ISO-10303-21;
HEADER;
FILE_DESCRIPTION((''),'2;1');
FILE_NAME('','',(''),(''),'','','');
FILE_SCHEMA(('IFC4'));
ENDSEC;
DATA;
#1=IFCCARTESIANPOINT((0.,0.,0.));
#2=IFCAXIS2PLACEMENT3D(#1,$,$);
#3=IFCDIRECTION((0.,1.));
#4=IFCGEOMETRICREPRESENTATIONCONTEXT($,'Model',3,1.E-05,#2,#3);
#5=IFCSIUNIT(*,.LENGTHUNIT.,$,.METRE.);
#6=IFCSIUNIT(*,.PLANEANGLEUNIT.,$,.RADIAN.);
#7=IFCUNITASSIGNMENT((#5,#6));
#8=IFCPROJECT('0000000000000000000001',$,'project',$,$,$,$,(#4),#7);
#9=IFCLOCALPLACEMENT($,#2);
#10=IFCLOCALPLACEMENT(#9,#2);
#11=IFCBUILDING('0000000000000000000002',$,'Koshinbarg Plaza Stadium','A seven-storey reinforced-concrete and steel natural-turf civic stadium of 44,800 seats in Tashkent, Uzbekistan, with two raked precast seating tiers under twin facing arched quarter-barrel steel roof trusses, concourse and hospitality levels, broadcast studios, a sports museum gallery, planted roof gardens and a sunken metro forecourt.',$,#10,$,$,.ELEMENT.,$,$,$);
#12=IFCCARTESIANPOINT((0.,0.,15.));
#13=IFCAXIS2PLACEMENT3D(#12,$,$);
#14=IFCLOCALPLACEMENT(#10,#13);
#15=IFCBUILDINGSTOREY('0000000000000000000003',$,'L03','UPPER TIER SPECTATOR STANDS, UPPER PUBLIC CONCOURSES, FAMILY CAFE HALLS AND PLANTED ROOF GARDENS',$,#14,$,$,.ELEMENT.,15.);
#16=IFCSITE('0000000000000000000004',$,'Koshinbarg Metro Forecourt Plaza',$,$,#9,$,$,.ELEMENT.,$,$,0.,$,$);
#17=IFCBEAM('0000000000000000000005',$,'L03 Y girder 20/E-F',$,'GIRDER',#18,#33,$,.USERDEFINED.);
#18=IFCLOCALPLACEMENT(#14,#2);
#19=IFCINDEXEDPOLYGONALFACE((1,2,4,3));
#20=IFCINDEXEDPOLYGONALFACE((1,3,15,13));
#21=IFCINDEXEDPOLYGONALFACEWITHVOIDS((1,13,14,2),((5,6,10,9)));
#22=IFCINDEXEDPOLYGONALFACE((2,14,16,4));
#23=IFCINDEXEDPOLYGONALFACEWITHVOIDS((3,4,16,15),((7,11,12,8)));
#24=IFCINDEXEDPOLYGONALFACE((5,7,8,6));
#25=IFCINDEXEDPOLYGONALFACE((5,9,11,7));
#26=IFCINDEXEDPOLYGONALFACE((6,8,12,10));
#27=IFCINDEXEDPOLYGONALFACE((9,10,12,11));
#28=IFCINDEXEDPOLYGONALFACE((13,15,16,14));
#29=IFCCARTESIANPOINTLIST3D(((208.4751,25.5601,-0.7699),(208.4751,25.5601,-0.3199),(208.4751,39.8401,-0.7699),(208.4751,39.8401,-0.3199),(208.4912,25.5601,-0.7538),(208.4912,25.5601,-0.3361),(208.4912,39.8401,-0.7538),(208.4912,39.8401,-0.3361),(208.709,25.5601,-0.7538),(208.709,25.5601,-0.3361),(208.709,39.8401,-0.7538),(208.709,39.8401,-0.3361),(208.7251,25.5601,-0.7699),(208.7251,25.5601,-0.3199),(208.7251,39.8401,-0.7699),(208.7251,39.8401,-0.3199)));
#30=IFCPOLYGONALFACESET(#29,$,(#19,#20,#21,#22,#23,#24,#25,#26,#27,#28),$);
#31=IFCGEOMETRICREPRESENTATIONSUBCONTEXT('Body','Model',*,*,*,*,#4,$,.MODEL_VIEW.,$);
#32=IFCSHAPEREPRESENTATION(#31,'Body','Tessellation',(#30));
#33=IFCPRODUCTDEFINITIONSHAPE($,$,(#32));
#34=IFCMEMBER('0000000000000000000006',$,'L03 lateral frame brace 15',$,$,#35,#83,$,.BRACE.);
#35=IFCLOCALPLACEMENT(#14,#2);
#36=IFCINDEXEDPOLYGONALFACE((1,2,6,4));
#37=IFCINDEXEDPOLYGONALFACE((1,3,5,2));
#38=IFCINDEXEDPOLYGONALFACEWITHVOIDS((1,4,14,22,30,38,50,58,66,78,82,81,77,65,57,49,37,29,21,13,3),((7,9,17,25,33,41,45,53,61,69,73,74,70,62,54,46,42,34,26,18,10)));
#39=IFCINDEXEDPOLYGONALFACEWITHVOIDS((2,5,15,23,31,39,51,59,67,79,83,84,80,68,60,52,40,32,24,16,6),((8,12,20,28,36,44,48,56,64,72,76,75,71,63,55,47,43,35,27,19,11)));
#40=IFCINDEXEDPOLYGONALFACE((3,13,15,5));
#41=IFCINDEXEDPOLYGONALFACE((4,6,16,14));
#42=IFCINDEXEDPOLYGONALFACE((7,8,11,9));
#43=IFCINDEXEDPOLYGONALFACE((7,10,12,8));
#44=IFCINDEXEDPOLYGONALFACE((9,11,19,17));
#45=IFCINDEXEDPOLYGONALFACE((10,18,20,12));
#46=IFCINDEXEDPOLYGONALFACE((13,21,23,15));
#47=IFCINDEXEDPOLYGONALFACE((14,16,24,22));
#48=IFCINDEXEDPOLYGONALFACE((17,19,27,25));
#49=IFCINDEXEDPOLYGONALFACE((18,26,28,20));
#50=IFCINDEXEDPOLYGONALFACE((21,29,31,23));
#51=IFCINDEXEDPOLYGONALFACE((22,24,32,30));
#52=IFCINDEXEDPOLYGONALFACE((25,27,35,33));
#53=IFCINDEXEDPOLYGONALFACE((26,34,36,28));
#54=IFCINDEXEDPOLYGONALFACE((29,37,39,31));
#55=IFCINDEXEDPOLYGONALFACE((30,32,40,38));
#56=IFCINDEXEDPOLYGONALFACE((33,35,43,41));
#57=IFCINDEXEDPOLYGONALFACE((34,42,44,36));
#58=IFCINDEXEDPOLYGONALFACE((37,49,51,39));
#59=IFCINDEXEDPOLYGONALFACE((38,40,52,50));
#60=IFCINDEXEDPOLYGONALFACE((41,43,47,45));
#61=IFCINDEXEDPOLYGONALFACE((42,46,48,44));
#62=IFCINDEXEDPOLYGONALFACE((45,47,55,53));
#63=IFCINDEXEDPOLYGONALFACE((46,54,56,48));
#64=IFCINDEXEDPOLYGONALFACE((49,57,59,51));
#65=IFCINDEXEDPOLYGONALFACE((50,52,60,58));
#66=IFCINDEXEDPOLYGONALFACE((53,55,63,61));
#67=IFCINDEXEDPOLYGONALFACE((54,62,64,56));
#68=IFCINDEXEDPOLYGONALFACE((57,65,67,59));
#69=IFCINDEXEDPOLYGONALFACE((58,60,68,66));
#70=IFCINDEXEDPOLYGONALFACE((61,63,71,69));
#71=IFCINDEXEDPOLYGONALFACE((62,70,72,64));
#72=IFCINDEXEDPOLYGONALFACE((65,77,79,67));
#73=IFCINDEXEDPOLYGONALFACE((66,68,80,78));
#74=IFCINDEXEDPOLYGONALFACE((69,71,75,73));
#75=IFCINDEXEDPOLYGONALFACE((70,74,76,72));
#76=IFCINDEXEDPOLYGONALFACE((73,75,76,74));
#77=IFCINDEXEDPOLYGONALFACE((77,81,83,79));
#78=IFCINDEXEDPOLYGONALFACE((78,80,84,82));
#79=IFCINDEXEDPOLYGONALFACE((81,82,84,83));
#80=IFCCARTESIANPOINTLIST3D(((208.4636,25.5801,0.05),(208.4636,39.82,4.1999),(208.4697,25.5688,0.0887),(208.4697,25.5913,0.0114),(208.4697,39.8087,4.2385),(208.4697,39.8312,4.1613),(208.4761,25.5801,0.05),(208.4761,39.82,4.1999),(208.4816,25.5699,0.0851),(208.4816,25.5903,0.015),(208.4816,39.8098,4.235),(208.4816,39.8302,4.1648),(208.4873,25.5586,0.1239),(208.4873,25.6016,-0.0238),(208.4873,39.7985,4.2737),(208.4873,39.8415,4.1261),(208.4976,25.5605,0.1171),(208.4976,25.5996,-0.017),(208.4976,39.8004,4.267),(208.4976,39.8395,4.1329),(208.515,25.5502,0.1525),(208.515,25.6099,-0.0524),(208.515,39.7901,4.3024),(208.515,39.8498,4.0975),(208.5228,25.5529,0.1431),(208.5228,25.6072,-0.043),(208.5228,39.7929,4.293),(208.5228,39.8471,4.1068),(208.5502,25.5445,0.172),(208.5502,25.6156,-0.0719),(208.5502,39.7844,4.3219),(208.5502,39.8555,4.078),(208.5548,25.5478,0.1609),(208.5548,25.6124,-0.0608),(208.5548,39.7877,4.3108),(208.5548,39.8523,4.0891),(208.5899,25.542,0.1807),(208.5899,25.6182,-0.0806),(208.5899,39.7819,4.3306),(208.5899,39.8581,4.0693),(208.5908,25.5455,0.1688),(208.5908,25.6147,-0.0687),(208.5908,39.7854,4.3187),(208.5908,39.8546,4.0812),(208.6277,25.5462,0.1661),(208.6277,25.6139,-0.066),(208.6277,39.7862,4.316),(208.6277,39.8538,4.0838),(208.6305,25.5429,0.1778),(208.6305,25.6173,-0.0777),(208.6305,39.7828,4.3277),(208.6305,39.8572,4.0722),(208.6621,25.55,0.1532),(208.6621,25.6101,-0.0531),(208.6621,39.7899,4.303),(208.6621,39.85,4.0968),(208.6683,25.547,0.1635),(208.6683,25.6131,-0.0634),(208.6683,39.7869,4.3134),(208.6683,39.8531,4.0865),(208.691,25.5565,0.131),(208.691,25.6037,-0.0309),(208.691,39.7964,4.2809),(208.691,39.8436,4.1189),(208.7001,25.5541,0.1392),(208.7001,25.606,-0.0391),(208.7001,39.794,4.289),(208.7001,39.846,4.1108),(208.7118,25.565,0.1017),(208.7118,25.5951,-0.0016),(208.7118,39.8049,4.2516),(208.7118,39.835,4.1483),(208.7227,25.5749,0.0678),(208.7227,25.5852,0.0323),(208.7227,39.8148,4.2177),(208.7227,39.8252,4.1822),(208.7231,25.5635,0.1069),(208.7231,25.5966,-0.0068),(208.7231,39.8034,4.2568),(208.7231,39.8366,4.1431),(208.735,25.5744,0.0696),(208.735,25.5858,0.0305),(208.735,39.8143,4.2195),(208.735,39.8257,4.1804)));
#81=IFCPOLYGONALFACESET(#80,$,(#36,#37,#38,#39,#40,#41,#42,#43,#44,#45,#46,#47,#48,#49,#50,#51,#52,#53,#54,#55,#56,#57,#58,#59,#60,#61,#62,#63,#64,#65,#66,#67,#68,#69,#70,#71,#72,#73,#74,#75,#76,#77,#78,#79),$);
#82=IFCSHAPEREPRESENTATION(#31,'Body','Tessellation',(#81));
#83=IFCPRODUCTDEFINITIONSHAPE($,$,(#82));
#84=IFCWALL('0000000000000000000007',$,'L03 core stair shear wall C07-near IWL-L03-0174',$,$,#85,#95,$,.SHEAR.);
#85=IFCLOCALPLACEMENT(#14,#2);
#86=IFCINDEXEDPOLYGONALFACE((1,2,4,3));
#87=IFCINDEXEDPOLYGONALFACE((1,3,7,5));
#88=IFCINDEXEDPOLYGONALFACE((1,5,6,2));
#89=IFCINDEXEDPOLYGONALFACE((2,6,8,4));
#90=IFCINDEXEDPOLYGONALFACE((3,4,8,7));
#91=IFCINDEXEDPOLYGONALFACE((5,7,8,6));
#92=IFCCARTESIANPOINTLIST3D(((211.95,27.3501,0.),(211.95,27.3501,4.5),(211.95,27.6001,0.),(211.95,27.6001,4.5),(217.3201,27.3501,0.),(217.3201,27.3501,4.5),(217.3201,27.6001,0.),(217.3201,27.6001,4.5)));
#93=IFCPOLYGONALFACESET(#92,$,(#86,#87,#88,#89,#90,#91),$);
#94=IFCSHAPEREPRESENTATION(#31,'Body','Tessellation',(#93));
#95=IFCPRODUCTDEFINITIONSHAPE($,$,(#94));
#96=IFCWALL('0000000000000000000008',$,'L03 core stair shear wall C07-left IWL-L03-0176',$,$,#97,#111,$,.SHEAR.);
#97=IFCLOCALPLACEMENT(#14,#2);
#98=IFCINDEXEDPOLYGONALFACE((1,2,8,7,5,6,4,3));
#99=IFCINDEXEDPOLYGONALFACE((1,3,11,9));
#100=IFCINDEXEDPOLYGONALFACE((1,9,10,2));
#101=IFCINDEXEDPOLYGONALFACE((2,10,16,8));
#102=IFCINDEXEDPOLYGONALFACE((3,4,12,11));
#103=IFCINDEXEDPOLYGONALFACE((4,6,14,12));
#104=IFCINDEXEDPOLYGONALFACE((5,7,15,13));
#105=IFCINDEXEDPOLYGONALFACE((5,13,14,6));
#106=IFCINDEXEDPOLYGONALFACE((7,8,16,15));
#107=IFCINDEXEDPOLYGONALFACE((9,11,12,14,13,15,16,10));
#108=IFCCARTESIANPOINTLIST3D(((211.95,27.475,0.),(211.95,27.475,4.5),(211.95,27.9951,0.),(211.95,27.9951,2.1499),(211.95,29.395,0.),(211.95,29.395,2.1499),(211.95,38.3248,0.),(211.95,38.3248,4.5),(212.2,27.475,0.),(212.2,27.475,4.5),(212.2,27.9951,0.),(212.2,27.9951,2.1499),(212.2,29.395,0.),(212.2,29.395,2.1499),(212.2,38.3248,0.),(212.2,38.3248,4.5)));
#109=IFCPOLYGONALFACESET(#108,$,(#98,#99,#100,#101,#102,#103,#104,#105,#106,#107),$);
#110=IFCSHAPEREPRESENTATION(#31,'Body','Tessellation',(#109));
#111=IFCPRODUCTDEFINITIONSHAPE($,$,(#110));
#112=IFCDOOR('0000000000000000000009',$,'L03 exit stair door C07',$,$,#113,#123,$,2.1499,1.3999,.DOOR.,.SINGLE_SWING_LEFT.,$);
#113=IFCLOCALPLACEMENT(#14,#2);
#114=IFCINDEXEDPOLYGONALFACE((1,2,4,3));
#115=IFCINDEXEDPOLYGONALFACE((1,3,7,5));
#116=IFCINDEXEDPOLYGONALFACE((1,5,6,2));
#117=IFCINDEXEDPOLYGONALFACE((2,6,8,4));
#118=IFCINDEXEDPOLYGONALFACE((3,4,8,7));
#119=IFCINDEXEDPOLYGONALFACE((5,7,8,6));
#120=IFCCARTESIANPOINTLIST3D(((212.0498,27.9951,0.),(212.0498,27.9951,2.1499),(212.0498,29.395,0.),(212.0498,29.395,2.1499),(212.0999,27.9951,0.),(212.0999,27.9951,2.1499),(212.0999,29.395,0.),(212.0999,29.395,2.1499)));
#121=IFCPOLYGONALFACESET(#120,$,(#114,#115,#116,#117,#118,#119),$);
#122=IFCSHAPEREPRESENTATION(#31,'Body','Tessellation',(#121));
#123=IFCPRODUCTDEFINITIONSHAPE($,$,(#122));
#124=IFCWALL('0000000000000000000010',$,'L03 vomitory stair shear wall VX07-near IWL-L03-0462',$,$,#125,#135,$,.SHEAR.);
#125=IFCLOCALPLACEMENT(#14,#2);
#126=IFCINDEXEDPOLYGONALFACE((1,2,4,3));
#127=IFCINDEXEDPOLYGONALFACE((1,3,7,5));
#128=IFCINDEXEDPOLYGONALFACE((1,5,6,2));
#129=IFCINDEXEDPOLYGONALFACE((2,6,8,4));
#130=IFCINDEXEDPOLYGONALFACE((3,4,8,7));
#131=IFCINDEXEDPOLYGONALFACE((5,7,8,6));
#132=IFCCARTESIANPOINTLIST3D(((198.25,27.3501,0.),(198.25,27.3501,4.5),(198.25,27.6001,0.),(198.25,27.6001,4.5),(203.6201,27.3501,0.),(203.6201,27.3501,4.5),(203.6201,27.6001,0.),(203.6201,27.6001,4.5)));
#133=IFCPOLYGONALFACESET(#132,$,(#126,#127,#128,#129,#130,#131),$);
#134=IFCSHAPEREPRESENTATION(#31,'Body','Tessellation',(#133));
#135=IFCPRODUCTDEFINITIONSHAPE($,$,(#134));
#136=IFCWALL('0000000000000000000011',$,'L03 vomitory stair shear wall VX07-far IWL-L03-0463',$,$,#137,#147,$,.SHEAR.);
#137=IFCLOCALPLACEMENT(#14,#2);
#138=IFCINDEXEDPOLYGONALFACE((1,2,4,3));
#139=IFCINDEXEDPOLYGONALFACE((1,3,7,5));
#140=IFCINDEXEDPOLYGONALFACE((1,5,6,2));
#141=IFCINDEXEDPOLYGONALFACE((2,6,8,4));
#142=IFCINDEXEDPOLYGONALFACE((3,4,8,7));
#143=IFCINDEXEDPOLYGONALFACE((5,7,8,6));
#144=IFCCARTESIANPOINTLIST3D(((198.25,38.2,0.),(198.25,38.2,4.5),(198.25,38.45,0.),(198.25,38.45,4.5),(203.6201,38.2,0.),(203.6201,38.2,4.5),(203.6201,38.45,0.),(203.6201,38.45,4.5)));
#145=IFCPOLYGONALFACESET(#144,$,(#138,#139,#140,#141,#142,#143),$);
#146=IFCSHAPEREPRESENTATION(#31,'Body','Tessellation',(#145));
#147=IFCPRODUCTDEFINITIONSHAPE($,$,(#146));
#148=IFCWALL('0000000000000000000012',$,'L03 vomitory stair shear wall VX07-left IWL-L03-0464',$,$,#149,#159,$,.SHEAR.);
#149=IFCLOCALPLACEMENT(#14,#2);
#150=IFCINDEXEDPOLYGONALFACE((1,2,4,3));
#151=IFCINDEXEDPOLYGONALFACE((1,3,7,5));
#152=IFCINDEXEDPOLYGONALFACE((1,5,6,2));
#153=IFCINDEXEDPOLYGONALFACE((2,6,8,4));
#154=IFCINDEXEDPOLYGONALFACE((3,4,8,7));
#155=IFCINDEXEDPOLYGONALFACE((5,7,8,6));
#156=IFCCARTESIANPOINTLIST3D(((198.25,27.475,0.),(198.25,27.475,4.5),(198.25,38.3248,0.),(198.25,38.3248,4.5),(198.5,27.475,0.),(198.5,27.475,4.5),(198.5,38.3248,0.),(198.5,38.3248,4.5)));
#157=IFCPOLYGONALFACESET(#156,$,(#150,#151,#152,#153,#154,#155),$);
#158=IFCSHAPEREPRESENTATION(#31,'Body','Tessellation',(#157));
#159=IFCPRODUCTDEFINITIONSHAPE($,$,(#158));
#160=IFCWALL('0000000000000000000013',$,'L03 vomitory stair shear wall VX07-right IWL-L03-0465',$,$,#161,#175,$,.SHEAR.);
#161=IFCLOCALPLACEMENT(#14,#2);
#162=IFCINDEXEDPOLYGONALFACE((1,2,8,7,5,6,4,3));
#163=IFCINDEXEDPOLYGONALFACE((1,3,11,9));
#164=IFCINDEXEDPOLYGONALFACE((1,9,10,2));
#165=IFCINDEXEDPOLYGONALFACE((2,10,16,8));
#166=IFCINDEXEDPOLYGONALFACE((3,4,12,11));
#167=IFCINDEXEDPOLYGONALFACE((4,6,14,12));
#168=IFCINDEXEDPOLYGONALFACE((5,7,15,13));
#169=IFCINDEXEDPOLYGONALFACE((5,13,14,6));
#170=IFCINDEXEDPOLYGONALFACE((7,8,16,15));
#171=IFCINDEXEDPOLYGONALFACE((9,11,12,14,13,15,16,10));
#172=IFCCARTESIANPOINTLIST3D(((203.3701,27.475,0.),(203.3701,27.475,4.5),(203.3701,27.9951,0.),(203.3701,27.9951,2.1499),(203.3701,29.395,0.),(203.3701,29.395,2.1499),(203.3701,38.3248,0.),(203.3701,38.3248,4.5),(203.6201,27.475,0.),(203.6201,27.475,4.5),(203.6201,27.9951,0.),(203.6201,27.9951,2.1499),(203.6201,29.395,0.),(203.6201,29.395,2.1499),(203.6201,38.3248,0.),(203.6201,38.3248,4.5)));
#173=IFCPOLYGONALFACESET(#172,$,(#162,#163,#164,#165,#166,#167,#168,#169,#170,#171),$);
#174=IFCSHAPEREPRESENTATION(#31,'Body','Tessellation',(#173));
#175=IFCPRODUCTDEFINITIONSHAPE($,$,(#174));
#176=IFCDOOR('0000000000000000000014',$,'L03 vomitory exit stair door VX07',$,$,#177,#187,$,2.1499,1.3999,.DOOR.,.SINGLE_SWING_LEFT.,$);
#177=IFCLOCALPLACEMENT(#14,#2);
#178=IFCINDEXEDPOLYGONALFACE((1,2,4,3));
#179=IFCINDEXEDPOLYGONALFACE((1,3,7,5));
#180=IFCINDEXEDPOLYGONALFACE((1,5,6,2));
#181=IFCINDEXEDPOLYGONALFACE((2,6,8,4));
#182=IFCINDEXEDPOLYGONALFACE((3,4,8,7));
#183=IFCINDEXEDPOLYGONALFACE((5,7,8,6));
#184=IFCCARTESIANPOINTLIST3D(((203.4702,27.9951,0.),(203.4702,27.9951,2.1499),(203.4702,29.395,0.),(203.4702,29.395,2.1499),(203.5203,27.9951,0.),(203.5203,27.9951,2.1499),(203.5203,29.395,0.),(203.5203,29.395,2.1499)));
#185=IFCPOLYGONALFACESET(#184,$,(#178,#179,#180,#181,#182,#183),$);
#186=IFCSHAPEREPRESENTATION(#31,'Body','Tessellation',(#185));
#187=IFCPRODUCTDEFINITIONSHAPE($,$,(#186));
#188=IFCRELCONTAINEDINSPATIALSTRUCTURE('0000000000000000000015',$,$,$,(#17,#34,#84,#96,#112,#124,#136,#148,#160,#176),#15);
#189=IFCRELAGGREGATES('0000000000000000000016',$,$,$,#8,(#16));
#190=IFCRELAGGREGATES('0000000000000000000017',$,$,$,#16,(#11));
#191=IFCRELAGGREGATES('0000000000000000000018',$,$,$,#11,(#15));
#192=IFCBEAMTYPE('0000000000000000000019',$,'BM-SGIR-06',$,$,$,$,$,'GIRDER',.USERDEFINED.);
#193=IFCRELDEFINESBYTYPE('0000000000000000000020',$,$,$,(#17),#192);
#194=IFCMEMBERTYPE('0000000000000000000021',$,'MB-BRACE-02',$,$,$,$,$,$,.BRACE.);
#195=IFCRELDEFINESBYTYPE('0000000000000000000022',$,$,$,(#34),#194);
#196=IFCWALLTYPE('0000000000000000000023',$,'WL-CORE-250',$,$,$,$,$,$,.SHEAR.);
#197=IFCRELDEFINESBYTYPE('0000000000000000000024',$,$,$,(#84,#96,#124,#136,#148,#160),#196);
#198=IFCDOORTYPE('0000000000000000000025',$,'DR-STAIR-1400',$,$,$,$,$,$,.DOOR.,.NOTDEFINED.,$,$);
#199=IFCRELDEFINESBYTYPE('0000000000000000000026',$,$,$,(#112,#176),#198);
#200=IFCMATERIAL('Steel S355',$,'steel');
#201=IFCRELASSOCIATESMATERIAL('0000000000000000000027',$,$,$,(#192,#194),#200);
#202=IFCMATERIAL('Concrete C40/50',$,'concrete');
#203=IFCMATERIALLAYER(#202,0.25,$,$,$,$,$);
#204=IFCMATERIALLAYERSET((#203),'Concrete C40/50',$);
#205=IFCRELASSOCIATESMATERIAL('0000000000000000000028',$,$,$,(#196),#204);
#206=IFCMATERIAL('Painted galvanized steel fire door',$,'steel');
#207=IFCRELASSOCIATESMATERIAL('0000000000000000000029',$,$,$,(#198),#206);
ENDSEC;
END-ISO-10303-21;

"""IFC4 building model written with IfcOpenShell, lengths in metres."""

from ifc_helpers import new_model, si_unit, direction, frame, frame_2d, origin, origin_2d, place, context, subcontext, project, spatial, rectangle, hollow_rectangle, hollow_circle, extrude, material, layer, layer_set, material_profile, profile_set, type_object, element, fill, save


model = new_model("IFC4")

# Units and contexts
model_context = context("Model", 3, precision=1e-05, world=origin(), true_north=direction((0.0, 1.0)))
body_context = subcontext(model_context, "Body", "Model", "MODEL_VIEW")
ifc_project = project(units=[si_unit("LENGTHUNIT", "METRE"), si_unit("PLANEANGLEUNIT", "RADIAN")], contexts=[model_context])

# Site, building, storey
site_placement = place(None, origin())
site = spatial("IfcSite", under=ifc_project, at=site_placement, Name="Koshinbarg Metro Forecourt Plaza", CompositionType="ELEMENT", RefElevation=0.0)
building_placement = place(site_placement, origin())
building = spatial("IfcBuilding", under=site, at=building_placement, Name="Koshinbarg Plaza Stadium", Description="A seven-storey reinforced-concrete and steel natural-turf civic stadium of 44,800 seats in Tashkent, Uzbekistan, with two raked precast seating tiers under twin facing arched quarter-barrel steel roof trusses, concourse and hospitality levels, broadcast studios, a sports museum gallery, planted roof gardens and a sunken metro forecourt.", CompositionType="ELEMENT")
storey_placement = place(building_placement, frame((0.0, 0.0, 15.0)))
storey = spatial("IfcBuildingStorey", under=building, at=storey_placement, Name="L03", Description="UPPER TIER SPECTATOR STANDS, UPPER PUBLIC CONCOURSES, FAMILY CAFE HALLS AND PLANTED ROOF GARDENS", CompositionType="ELEMENT", Elevation=15.0)

# Shared definitions
ifc_material_1 = material(Name="Steel S355", Category="steel")

# Beam
ifc_material_2 = material(Name="Concrete C40/50", Category="concrete")
ifc_material_profile_1 = material_profile(ifc_material_1, hollow_rectangle(XDim=0.25, YDim=0.45, WallThickness=0.0161, at=origin_2d()), Name="RHS 450x250x16")
ifc_profile_set_1 = profile_set([ifc_material_profile_1], Name="Steel S355")
beam_type_1 = type_object("IfcBeamType", Name="BM-SGIR-06", ElementType="GIRDER", PredefinedType="USERDEFINED", material=ifc_profile_set_1)
beam_1_placement = place(storey_placement, frame((208.6001, 25.5601, -0.5449), z_axis=(0.0, 1.0, 0.0), x_axis=(-1.0, 0.0, 0.0)))
element("IfcBeam", 1, at=beam_1_placement, inside=storey, type_object=beam_type_1, Name="L03 Y girder 20/E-F", ObjectType="GIRDER", PredefinedType="USERDEFINED", context=body_context, shape_type="SweptSolid", body=[
    extrude(hollow_rectangle(XDim=0.25, YDim=0.45, WallThickness=0.0161, at=origin_2d()), origin(), (0.0, 0.0, 1.0), 14.28),
])

# Member
ifc_material_profile_2 = material_profile(ifc_material_1, hollow_circle(Radius=0.1365, WallThickness=0.0125, at=origin_2d()), Name="CHS 273x12.5")
ifc_profile_set_2 = profile_set([ifc_material_profile_2], Name="Steel S355")
member_type = type_object("IfcMemberType", Name="MB-BRACE-02", PredefinedType="BRACE", material=ifc_profile_set_2)
member_placement = place(storey_placement, frame((208.6001, 25.5801, 0.05), z_axis=(0.0, 0.960062, 0.279787), x_axis=(-1.0, 0.0, 0.0)))
element("IfcMember", 2, at=member_placement, inside=storey, type_object=member_type, Name="L03 lateral frame brace 15", PredefinedType="BRACE", context=body_context, shape_type="SweptSolid", body=[
    extrude(hollow_circle(Radius=0.1365, WallThickness=0.0125, at=origin_2d()), origin(), (0.0, 0.0, 1.0), 14.8323),
])

# Wall
ifc_layer_1 = layer(ifc_material_2, 0.25)
ifc_layer_set_1 = layer_set([ifc_layer_1], Name="Concrete C40/50")
wall_type_1 = type_object("IfcWallType", Name="WL-CORE-250", PredefinedType="SHEAR", material=ifc_layer_set_1)
wall_1_placement = place(storey_placement, frame((211.95, 27.4751, 0.0), z_axis=(0.0, 0.0, 1.0), x_axis=(1.0, 0.0, 0.0)))
element("IfcWall", 3, at=wall_1_placement, inside=storey, type_object=wall_type_1, Name="L03 core stair shear wall C07-near IWL-L03-0174", PredefinedType="SHEAR", context=body_context, shape_type="SweptSolid", body=[
    extrude(rectangle(XDim=5.3701, YDim=0.25, at=frame_2d((2.6851, 0.0))), origin(), (0.0, 0.0, 1.0), 4.5),
])

# Wall, opening, door
wall_2_placement = place(storey_placement, frame((212.075, 27.4751, 0.0), z_axis=(0.0, 0.0, 1.0), x_axis=(0.0, 1.0, 0.0)))
wall_2 = element("IfcWall", 4, at=wall_2_placement, inside=storey, type_object=wall_type_1, Name="L03 core stair shear wall C07-left IWL-L03-0176", PredefinedType="SHEAR", context=body_context, shape_type="SweptSolid", body=[
    extrude(rectangle(XDim=10.8499, YDim=0.25, at=frame_2d((5.4248, 0.0))), origin(), (0.0, 0.0, 1.0), 4.5),
])
opening_1_placement = place(wall_2_placement, frame((0.52, 0.0, 0.0)))
opening_1 = element("IfcOpeningElement", 5, at=opening_1_placement, cuts=wall_2, PredefinedType="OPENING", context=body_context, shape_type="SweptSolid", body=[
    extrude(rectangle(XDim=1.3999, YDim=2.1499, at=frame_2d((0.7, 1.075))), frame((0.0, 0.135, 0.0), z_axis=(0.0, -1.0, 0.0), x_axis=(1.0, 0.0, 0.0)), (0.0, 0.0, 1.0), 0.27),
])
ifc_material_3 = material(Name="Painted galvanized steel fire door", Category="steel")
door_type_1 = type_object("IfcDoorType", Name="DR-STAIR-1400", OperationType="NOTDEFINED", PredefinedType="DOOR", material=ifc_material_3)
door_1_placement = place(opening_1_placement, frame((1.3999, 0.0, 0.0), z_axis=(0.0, 0.0, 1.0), x_axis=(-1.0, 0.0, 0.0)))
door_1 = element("IfcDoor", 6, at=door_1_placement, inside=storey, type_object=door_type_1, Name="L03 exit stair door C07", OperationType="SINGLE_SWING_LEFT", OverallHeight=2.1499, OverallWidth=1.3999, PredefinedType="DOOR", context=body_context, shape_type="SweptSolid", body=[
    extrude(rectangle(XDim=1.3999, YDim=2.1499, at=frame_2d((0.7, 1.075))), frame((0.0, 0.0249, 0.0), z_axis=(0.0, -1.0, 0.0), x_axis=(1.0, 0.0, 0.0)), (0.0, 0.0, 1.0), 0.05),
])
fill(opening_1, door_1)

# Walls
for number, where, z_axis, x_axis, name in (
    (7, (198.25, 27.4751, 0.0), (0.0, 0.0, 1.0), (1.0, 0.0, 0.0), "L03 vomitory stair shear wall VX07-near IWL-L03-0462"),
    (8, (203.6201, 38.325, 0.0), (0.0, 0.0, 1.0), (-1.0, 0.0, 0.0), "L03 vomitory stair shear wall VX07-far IWL-L03-0463"),
):
    element("IfcWall", number, at=place(storey_placement, frame(where, z_axis=z_axis, x_axis=x_axis)), inside=storey, type_object=wall_type_1, Name=name, PredefinedType="SHEAR", context=body_context, shape_type="SweptSolid", body=[
        extrude(rectangle(XDim=5.3701, YDim=0.25, at=frame_2d((2.6851, 0.0))), origin(), (0.0, 0.0, 1.0), 4.5),
    ])
wall_3_placement = place(storey_placement, frame((198.375, 27.4751, 0.0), z_axis=(0.0, 0.0, 1.0), x_axis=(0.0, 1.0, 0.0)))
element("IfcWall", 9, at=wall_3_placement, inside=storey, type_object=wall_type_1, Name="L03 vomitory stair shear wall VX07-left IWL-L03-0464", PredefinedType="SHEAR", context=body_context, shape_type="SweptSolid", body=[
    extrude(rectangle(XDim=10.8499, YDim=0.25, at=frame_2d((5.4248, 0.0))), origin(), (0.0, 0.0, 1.0), 4.5),
])

# Wall, opening, door
wall_4_placement = place(storey_placement, frame((203.4951, 27.4751, 0.0), z_axis=(0.0, 0.0, 1.0), x_axis=(0.0, 1.0, 0.0)))
wall_4 = element("IfcWall", 10, at=wall_4_placement, inside=storey, type_object=wall_type_1, Name="L03 vomitory stair shear wall VX07-right IWL-L03-0465", PredefinedType="SHEAR", context=body_context, shape_type="SweptSolid", body=[
    extrude(rectangle(XDim=10.8499, YDim=0.25, at=frame_2d((5.4248, 0.0))), origin(), (0.0, 0.0, 1.0), 4.5),
])
opening_2_placement = place(wall_4_placement, frame((0.52, 0.0, 0.0)))
opening_2 = element("IfcOpeningElement", 11, at=opening_2_placement, cuts=wall_4, PredefinedType="OPENING", context=body_context, shape_type="SweptSolid", body=[
    extrude(rectangle(XDim=1.3999, YDim=2.1499, at=frame_2d((0.7, 1.075))), frame((0.0, 0.135, 0.0), z_axis=(0.0, -1.0, 0.0), x_axis=(1.0, 0.0, 0.0)), (0.0, 0.0, 1.0), 0.27),
])
door_2_placement = place(opening_2_placement, origin())
door_2 = element("IfcDoor", 12, at=door_2_placement, inside=storey, type_object=door_type_1, Name="L03 vomitory exit stair door VX07", OperationType="SINGLE_SWING_LEFT", OverallHeight=2.1499, OverallWidth=1.3999, PredefinedType="DOOR", context=body_context, shape_type="SweptSolid", body=[
    extrude(rectangle(XDim=1.3999, YDim=2.1499, at=frame_2d((0.7, 1.075))), frame((0.0, 0.0249, 0.0), z_axis=(0.0, -1.0, 0.0), x_axis=(1.0, 0.0, 0.0)), (0.0, 0.0, 1.0), 0.05),
])
fill(opening_2, door_2)

save(model, "model.ifc")
